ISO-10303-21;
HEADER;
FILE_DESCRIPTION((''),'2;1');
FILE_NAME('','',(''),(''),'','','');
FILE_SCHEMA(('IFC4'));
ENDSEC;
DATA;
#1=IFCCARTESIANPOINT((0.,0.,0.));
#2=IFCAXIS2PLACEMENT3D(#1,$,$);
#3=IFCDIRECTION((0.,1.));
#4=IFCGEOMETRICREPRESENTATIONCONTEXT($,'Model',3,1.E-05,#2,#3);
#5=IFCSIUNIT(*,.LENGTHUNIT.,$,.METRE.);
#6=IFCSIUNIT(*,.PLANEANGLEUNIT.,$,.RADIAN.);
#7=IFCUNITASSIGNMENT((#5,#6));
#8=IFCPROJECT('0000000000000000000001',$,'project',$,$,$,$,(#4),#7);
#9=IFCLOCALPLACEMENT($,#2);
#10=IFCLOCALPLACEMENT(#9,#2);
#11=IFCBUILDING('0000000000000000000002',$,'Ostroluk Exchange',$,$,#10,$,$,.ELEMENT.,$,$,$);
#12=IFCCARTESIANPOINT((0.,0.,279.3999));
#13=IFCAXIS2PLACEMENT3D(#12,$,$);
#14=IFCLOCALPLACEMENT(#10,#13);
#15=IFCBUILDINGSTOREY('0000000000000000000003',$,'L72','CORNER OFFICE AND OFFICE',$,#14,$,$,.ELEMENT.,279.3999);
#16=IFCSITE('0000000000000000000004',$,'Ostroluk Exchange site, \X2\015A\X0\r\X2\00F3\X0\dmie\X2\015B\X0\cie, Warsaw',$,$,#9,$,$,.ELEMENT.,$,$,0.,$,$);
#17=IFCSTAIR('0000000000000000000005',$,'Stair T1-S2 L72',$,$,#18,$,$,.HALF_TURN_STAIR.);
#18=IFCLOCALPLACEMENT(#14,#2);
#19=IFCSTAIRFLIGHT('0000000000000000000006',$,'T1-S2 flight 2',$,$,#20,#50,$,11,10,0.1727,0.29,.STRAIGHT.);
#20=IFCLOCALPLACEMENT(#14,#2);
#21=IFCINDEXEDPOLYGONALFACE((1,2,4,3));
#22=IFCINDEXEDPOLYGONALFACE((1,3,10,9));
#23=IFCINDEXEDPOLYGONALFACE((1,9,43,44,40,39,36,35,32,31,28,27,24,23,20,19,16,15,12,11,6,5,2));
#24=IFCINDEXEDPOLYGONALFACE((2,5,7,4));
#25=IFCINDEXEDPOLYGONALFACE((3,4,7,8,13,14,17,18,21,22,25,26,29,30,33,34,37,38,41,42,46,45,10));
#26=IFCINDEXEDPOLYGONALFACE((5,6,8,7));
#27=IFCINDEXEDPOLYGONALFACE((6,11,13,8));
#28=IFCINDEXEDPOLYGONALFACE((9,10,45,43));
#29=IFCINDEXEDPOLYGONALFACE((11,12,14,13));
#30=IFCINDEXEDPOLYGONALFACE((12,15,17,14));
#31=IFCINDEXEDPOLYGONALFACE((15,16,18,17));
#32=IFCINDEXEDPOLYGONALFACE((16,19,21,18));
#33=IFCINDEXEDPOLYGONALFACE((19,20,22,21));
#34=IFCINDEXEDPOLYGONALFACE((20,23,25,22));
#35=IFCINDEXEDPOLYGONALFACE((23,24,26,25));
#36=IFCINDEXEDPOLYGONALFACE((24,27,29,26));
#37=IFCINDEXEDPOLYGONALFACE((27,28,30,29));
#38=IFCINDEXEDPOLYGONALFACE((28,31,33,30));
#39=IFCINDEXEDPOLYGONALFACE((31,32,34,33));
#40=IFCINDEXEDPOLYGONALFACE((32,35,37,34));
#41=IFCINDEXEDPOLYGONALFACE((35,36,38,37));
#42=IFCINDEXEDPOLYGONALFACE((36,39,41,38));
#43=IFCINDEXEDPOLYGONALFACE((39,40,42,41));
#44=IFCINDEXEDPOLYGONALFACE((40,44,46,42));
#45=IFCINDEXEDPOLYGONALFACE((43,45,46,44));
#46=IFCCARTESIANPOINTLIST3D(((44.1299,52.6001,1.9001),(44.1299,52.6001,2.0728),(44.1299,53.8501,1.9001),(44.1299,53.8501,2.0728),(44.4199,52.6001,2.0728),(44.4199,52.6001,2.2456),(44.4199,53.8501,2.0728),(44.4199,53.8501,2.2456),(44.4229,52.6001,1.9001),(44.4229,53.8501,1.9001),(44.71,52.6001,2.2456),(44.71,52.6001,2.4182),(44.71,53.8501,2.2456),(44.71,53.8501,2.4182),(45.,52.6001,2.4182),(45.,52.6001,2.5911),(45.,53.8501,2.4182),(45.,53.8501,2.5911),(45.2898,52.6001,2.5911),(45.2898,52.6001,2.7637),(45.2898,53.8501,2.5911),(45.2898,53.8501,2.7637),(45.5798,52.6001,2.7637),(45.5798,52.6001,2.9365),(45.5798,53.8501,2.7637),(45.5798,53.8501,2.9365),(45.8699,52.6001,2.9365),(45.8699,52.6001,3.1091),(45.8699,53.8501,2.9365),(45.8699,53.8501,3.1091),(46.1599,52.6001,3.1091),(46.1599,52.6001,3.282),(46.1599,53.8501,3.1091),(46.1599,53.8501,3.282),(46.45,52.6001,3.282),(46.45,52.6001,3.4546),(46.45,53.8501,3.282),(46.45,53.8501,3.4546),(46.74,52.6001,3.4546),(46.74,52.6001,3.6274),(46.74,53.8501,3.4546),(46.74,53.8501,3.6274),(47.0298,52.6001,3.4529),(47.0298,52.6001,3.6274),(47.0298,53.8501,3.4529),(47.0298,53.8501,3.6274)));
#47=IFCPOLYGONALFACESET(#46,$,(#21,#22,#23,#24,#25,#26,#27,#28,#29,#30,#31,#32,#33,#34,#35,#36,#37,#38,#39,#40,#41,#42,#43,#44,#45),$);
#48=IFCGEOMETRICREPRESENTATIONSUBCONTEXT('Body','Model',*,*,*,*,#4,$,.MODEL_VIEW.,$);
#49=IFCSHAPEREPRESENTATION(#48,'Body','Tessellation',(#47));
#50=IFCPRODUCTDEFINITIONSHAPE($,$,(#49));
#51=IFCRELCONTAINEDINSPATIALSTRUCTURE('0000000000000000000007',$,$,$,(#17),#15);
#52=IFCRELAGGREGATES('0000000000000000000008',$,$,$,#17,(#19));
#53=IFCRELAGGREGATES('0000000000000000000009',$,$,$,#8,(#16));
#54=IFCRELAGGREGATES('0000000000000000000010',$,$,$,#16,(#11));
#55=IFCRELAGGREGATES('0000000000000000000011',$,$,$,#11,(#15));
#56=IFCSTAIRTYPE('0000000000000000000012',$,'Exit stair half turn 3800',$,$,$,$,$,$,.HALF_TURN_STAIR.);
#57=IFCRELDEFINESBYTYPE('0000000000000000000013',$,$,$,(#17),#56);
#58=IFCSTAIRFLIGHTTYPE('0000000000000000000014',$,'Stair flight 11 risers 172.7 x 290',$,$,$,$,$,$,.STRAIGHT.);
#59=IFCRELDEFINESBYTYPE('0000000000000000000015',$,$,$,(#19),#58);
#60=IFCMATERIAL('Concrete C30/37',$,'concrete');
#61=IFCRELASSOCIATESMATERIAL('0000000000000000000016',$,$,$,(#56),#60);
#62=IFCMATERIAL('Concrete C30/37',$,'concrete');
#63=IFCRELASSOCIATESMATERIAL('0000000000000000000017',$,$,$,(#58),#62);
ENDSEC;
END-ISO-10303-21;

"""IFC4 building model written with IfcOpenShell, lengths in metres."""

from ifc_helpers import new_model, si_unit, direction, frame, origin, place, context, subcontext, project, spatial, polyline, outline, extrude, material, type_object, element, aggregate, save


model = new_model("IFC4")

# Units and contexts
model_context = context("Model", 3, precision=1e-05, world=origin(), true_north=direction((0.0, 1.0)))
body_context = subcontext(model_context, "Body", "Model", "MODEL_VIEW")
ifc_project = project(units=[si_unit("LENGTHUNIT", "METRE"), si_unit("PLANEANGLEUNIT", "RADIAN")], contexts=[model_context])

# Site, building, storey
site_placement = place(None, origin())
site = spatial("IfcSite", under=ifc_project, at=site_placement, Name="Ostroluk Exchange site, Śródmieście, Warsaw", CompositionType="ELEMENT", RefElevation=0.0)
building_placement = place(site_placement, origin())
building = spatial("IfcBuilding", under=site, at=building_placement, Name="Ostroluk Exchange", CompositionType="ELEMENT")
storey_placement = place(building_placement, frame((0.0, 0.0, 279.3999)))
storey = spatial("IfcBuildingStorey", under=building, at=storey_placement, Name="L72", Description="CORNER OFFICE AND OFFICE", CompositionType="ELEMENT", Elevation=279.3999)

# Stair, stair flight
ifc_material_1 = material(Name="Concrete C30/37", Category="concrete")
stair_type = type_object("IfcStairType", Name="Exit stair half turn 3800", PredefinedType="HALF_TURN_STAIR", material=ifc_material_1)
stair_placement = place(storey_placement, origin())
stair = element("IfcStair", 1, at=stair_placement, inside=storey, type_object=stair_type, Name="Stair T1-S2 L72", PredefinedType="HALF_TURN_STAIR")
ifc_material_2 = material(Name="Concrete C30/37", Category="concrete")
stair_flight_type = type_object("IfcStairFlightType", Name="Stair flight 11 risers 172.7 x 290", PredefinedType="STRAIGHT", material=ifc_material_2)
stair_flight_placement = place(storey_placement, frame((44.1299, 53.2251, 1.9001), z_axis=(0.0, 0.0, 1.0), x_axis=(1.0, 0.0, 0.0)))
stair_flight = element("IfcStairFlight", 2, at=stair_flight_placement, type_object=stair_flight_type, Name="T1-S2 flight 2", NumberOfRisers=11, NumberOfTreads=10, PredefinedType="STRAIGHT", RiserHeight=0.1727, TreadLength=0.29, context=body_context, shape_type="SweptSolid", body=[
    extrude(outline(polyline([(0.0, 0.0), (0.0, 0.1726), (0.29, 0.1726), (0.29, 0.3455), (0.5801, 0.3455), (0.5801, 0.5181), (0.8701, 0.5181), (0.8701, 0.6909), (1.1599, 0.6909), (1.1599, 0.8635), (1.45, 0.8635), (1.45, 1.0364), (1.74, 1.0364), (1.74, 1.209), (2.03, 1.209), (2.03, 1.3818), (2.3201, 1.3818), (2.3201, 1.5544), (2.6101, 1.5544), (2.6101, 1.7273), (2.8999, 1.7273), (2.8999, 1.8999), (2.8999, 1.5527), (0.293, 0.0), (0.0, 0.0)])), frame((0.0, 0.625, 0.0), z_axis=(0.0, -1.0, 0.0), x_axis=(1.0, 0.0, 0.0)), (0.0, 0.0, 1.0), 1.25),
])
aggregate(stair, [stair_flight])

save(model, "model.ifc")
